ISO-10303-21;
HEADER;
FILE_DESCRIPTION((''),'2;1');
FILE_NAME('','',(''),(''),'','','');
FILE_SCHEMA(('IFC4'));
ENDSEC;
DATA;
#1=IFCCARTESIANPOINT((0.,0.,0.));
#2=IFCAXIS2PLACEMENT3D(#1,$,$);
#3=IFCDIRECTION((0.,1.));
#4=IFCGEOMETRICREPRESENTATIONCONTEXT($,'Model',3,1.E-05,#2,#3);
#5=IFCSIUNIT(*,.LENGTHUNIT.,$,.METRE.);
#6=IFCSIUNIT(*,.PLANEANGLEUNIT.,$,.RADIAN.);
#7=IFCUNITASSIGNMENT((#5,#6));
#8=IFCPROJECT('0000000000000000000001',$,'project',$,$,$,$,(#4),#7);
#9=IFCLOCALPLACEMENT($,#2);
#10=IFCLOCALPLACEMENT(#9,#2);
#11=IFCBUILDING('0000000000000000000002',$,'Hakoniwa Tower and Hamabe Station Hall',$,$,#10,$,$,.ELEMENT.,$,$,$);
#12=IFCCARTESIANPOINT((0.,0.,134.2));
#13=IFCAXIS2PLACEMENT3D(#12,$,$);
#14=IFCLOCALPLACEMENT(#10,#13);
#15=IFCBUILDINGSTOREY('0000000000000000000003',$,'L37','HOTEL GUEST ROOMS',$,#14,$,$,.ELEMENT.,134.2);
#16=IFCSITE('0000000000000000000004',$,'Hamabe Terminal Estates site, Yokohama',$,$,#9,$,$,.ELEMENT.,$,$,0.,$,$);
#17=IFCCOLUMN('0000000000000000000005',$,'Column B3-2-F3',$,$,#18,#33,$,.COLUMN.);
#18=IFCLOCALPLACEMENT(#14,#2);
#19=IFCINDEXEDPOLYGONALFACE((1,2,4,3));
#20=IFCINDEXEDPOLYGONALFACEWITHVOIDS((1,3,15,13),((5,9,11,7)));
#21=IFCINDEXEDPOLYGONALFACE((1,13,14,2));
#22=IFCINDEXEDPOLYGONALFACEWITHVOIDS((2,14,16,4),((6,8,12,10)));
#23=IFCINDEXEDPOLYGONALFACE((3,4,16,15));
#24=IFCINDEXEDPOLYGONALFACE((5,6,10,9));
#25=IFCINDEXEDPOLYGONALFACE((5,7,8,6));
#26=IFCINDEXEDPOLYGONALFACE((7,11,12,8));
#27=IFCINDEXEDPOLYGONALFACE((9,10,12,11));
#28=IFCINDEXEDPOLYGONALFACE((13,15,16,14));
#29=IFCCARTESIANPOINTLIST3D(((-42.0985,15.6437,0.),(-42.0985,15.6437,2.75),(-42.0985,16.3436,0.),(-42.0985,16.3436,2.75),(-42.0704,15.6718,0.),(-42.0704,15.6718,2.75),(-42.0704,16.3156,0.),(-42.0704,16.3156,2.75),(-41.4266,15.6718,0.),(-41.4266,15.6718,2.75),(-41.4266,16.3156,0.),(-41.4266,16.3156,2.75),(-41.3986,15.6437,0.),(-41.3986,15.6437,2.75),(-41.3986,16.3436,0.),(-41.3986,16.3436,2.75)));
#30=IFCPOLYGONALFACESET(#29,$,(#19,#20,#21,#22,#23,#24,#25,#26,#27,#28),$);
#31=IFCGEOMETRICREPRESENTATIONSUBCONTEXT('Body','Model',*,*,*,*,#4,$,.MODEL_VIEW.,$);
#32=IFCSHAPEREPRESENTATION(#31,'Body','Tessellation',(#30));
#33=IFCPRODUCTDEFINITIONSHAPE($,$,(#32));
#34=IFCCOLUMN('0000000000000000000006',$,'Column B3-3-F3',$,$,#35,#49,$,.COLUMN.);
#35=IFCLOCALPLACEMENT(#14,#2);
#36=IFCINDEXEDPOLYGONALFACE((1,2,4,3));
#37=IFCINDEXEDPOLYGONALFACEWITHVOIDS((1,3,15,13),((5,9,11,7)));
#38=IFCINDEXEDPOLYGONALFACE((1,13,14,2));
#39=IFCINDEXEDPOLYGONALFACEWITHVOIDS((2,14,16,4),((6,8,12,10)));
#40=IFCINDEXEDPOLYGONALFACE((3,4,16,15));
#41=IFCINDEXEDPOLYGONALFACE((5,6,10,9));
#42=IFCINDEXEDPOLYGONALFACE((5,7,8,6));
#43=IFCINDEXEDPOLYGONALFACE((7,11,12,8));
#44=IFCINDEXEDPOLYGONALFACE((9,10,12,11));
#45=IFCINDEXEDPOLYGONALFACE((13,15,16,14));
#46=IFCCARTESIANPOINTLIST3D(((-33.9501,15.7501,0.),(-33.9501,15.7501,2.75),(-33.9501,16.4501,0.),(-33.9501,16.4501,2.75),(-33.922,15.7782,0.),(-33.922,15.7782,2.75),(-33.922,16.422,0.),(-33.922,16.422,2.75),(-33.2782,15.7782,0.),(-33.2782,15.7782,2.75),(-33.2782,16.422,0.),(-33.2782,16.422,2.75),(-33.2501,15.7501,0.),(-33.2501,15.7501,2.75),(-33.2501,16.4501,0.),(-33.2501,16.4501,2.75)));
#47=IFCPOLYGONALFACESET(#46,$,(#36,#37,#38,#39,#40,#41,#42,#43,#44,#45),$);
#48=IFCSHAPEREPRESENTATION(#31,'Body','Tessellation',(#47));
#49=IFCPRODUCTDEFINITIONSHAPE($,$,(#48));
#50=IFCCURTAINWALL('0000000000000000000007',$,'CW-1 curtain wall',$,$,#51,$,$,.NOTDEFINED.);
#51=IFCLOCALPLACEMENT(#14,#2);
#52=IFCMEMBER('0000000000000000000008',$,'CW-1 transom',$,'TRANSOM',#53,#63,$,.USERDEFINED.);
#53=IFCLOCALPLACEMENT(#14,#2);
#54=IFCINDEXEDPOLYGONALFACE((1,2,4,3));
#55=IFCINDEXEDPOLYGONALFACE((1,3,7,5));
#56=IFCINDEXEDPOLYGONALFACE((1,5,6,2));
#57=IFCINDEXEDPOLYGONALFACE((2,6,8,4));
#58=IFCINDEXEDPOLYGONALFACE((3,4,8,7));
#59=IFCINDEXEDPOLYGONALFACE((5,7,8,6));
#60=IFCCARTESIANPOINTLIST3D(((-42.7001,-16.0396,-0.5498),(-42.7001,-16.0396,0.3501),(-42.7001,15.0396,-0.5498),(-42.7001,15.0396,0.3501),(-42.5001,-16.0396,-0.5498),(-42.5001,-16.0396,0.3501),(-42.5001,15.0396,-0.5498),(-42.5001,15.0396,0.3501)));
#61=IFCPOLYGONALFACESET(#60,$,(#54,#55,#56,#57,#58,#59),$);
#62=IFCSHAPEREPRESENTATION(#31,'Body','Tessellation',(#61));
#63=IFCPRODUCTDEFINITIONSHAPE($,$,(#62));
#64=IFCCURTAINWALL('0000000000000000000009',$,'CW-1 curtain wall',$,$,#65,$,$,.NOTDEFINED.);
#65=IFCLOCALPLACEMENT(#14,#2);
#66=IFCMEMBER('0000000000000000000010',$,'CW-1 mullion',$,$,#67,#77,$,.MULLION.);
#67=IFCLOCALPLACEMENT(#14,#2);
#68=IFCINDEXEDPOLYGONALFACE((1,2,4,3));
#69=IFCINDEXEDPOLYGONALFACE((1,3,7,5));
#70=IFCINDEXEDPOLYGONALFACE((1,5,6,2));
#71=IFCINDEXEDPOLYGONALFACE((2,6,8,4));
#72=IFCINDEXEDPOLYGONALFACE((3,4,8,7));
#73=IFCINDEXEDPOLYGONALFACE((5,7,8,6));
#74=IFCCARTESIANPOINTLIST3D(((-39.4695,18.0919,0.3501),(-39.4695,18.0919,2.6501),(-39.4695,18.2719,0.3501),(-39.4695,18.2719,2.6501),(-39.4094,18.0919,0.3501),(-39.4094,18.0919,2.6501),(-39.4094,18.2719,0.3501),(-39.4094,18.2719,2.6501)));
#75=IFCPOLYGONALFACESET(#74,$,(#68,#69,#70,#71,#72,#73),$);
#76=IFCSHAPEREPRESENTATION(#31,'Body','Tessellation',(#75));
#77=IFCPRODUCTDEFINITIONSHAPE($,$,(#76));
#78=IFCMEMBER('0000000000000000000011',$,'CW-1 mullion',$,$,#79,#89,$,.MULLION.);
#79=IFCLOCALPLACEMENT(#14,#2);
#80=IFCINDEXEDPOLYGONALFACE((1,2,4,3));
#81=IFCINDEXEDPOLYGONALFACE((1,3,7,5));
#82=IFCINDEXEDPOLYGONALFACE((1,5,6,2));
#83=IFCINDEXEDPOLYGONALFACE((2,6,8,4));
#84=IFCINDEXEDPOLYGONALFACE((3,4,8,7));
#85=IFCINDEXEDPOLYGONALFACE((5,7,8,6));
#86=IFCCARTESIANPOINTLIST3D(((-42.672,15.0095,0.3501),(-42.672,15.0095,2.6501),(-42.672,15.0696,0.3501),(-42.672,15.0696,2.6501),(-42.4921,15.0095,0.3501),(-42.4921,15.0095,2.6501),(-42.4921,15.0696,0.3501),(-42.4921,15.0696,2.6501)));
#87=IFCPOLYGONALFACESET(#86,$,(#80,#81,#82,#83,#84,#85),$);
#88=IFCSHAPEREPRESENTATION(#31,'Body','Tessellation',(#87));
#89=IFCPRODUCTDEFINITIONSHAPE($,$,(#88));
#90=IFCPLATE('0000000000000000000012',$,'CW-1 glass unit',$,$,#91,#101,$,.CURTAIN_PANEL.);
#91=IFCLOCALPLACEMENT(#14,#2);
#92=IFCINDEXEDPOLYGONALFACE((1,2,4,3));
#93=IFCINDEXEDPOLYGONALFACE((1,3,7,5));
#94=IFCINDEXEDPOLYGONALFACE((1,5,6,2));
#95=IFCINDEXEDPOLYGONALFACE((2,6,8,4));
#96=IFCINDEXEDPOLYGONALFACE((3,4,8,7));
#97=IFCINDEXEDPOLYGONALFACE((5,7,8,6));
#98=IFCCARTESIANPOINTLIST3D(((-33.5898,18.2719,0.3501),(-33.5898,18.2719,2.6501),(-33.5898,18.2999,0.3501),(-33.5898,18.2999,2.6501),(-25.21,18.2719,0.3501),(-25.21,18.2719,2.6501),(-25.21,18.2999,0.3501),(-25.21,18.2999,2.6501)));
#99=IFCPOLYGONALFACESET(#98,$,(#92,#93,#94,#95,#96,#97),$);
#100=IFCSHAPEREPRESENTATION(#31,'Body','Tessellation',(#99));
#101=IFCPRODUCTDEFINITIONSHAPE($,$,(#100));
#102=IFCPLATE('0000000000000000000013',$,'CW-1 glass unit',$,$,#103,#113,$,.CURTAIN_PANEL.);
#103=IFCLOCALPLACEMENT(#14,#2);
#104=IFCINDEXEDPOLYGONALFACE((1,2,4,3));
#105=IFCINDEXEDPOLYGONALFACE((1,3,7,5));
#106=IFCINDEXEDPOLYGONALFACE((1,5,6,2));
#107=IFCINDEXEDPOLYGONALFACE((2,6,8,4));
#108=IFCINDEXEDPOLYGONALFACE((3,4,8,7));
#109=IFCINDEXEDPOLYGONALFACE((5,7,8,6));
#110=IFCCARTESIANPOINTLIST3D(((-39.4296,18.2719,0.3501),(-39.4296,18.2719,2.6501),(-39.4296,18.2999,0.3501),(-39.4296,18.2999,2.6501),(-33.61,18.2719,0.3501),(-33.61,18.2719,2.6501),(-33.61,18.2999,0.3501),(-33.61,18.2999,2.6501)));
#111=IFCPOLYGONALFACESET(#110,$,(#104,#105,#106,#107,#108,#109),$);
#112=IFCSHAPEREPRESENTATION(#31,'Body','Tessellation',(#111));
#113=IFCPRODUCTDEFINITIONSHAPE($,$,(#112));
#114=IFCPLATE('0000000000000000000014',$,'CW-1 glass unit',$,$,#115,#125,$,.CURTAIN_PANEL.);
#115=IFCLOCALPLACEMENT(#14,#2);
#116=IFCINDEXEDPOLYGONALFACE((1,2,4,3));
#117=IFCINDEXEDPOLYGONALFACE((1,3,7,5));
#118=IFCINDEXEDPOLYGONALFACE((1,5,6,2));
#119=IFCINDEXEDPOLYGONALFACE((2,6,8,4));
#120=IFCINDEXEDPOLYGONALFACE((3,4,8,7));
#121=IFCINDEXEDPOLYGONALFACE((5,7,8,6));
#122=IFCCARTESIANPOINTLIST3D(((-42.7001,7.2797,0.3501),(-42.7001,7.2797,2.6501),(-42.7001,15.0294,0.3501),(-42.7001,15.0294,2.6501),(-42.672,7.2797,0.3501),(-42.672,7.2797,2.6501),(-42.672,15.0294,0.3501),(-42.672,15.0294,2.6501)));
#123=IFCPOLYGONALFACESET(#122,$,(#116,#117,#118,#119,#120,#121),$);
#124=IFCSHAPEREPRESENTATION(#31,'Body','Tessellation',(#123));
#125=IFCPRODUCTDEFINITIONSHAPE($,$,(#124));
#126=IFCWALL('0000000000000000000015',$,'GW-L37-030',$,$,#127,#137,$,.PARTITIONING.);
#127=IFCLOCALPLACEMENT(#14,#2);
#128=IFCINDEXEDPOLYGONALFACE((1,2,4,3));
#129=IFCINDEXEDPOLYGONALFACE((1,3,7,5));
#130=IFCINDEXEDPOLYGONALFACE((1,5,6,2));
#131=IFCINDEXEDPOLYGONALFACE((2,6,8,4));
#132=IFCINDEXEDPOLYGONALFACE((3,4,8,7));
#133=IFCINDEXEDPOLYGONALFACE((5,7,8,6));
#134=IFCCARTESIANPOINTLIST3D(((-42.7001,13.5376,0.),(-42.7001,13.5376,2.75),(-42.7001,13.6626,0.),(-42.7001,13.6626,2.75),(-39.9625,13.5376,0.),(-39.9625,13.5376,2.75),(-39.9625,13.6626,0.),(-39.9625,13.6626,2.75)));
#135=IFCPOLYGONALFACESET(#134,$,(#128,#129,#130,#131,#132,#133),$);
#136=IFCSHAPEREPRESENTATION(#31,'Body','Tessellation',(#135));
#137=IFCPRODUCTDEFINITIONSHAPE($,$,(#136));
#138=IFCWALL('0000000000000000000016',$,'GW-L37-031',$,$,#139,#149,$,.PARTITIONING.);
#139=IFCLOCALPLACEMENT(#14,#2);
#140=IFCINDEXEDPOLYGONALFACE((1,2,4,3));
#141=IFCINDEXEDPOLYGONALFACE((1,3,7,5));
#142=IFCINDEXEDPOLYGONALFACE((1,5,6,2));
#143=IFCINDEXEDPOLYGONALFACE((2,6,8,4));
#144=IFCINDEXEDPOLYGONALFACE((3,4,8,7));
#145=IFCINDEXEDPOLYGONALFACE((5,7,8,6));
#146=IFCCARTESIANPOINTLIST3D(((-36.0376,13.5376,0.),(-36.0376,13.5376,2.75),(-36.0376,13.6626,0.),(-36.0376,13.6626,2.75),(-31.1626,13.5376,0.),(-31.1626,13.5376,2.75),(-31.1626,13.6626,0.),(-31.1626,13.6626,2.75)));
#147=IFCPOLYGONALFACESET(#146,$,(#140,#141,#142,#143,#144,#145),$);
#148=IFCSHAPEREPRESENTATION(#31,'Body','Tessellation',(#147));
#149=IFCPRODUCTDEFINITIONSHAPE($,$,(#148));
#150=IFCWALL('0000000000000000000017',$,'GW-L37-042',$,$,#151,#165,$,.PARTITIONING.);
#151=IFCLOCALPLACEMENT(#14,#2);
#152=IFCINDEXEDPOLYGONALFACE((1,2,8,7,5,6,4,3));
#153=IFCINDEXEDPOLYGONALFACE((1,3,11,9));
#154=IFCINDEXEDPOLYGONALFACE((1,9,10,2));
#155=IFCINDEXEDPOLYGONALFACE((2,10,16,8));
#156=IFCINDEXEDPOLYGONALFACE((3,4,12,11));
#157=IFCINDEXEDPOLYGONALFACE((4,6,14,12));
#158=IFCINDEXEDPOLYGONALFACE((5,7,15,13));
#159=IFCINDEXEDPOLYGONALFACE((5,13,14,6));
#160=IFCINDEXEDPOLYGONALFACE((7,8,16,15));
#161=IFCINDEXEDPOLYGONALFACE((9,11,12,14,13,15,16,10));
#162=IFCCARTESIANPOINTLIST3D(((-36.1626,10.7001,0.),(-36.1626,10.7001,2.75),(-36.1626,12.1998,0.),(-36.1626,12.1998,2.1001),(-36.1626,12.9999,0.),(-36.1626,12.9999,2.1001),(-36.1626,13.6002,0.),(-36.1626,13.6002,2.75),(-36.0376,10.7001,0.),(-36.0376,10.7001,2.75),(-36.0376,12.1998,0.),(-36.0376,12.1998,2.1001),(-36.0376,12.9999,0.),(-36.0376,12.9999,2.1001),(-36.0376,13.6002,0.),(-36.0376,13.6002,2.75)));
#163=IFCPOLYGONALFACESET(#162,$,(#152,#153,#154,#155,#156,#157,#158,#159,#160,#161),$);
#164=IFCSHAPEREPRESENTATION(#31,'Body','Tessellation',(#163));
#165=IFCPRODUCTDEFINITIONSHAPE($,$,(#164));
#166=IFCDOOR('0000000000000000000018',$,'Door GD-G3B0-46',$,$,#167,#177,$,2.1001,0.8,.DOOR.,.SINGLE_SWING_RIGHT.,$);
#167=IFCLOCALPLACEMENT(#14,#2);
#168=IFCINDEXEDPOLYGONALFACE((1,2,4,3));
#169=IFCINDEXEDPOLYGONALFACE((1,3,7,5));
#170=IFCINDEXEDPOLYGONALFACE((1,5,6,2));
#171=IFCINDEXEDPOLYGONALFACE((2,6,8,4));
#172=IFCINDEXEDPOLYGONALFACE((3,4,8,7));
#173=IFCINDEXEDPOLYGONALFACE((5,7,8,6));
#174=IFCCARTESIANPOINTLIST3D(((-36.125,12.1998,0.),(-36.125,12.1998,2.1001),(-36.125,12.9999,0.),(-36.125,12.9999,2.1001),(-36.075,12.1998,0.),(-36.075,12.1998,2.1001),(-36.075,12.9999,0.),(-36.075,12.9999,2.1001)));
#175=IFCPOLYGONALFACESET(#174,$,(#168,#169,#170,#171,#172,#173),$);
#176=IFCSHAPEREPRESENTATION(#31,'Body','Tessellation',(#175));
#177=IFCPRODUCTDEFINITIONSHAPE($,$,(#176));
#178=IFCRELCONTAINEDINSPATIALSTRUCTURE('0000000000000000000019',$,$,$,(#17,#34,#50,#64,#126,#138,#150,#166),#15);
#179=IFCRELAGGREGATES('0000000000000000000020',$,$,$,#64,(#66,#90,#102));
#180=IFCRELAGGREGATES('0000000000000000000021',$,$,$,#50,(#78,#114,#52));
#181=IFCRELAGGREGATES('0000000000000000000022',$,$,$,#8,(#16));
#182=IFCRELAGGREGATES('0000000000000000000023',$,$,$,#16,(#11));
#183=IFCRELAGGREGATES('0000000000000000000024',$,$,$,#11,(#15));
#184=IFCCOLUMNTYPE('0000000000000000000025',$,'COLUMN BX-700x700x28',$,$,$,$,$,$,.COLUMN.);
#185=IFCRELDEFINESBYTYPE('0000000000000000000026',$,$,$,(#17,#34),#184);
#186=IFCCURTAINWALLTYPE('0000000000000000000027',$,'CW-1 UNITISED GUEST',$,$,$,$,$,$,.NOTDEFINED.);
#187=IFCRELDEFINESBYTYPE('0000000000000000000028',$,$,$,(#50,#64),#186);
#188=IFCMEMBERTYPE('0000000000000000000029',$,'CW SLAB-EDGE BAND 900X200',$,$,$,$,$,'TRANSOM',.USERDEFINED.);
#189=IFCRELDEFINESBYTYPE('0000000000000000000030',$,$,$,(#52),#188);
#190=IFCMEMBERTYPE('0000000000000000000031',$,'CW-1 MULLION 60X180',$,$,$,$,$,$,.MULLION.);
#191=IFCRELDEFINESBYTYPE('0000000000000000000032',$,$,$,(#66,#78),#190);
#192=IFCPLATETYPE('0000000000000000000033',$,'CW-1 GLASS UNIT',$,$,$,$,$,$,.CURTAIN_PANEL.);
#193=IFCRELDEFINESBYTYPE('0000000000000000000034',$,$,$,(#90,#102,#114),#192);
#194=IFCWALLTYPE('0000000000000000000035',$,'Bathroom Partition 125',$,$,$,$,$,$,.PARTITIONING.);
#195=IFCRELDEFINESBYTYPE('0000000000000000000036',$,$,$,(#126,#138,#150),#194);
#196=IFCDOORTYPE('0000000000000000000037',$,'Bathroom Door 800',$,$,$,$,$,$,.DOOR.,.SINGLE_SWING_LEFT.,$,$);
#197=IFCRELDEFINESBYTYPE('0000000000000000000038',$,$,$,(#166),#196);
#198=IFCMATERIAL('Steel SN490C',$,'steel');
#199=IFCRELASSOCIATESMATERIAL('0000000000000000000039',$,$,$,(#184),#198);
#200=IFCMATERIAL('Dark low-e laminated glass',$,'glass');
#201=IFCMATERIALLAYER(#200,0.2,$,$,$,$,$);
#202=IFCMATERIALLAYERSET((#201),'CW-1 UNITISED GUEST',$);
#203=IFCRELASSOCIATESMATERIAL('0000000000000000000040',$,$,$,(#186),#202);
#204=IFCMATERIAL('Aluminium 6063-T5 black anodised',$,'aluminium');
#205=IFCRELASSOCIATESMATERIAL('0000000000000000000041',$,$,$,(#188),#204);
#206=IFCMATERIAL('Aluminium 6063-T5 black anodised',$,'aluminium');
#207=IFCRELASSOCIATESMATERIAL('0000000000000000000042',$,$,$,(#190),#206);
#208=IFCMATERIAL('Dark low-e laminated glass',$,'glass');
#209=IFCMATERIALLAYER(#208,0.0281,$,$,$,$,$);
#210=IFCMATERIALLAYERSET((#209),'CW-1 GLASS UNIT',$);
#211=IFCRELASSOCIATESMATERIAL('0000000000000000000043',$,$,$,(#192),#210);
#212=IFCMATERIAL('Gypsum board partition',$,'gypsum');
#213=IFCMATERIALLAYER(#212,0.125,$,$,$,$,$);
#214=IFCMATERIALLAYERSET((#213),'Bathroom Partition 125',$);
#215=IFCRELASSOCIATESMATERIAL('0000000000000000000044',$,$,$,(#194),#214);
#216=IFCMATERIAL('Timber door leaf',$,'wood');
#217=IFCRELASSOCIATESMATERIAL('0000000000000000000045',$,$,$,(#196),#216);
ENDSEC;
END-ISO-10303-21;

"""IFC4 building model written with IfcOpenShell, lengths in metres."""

from ifc_helpers import new_model, si_unit, direction, frame, frame_2d, origin, origin_2d, place, context, subcontext, project, spatial, rectangle, hollow_rectangle, extrude, material, layer, layer_set, material_profile, profile_set, type_object, element, fill, aggregate, save


model = new_model("IFC4")

# Units and contexts
model_context = context("Model", 3, precision=1e-05, world=origin(), true_north=direction((0.0, 1.0)))
body_context = subcontext(model_context, "Body", "Model", "MODEL_VIEW")
ifc_project = project(units=[si_unit("LENGTHUNIT", "METRE"), si_unit("PLANEANGLEUNIT", "RADIAN")], contexts=[model_context])

# Site, building, storey
site_placement = place(None, origin())
site = spatial("IfcSite", under=ifc_project, at=site_placement, Name="Hamabe Terminal Estates site, Yokohama", CompositionType="ELEMENT", RefElevation=0.0)
building_placement = place(site_placement, origin())
building = spatial("IfcBuilding", under=site, at=building_placement, Name="Hakoniwa Tower and Hamabe Station Hall", CompositionType="ELEMENT")
storey_placement = place(building_placement, frame((0.0, 0.0, 134.2)))
storey = spatial("IfcBuildingStorey", under=building, at=storey_placement, Name="L37", Description="HOTEL GUEST ROOMS", CompositionType="ELEMENT", Elevation=134.2)

# Columns
ifc_material_1 = material(Name="Steel SN490C", Category="steel")
ifc_material_profile_1 = material_profile(ifc_material_1, hollow_rectangle(XDim=0.7, YDim=0.7, WallThickness=0.0281, at=origin_2d()), Name="BX-700x700x28")
ifc_profile_set_1 = profile_set([ifc_material_profile_1], Name="Steel SN490C")
column_type = type_object("IfcColumnType", Name="COLUMN BX-700x700x28", PredefinedType="COLUMN", material=ifc_profile_set_1)
for number, where, z_axis, x_axis, name in (
    (1, (-41.7485, 15.9937, 0.0), (0.0, 0.0, 1.0), (1.0, 0.0, 0.0), "Column B3-2-F3"),
    (2, (-33.6001, 16.1001, 0.0), (0.0, 0.0, 1.0), (1.0, 0.0, 0.0), "Column B3-3-F3"),
):
    element("IfcColumn", number, at=place(storey_placement, frame(where, z_axis=z_axis, x_axis=x_axis)), inside=storey, type_object=column_type, Name=name, PredefinedType="COLUMN", context=body_context, shape_type="SweptSolid", body=[
        extrude(hollow_rectangle(XDim=0.7, YDim=0.7, WallThickness=0.0281, at=origin_2d()), origin(), (0.0, 0.0, 1.0), 2.75),
    ])

# Curtain walls, members
ifc_material_2 = material(Name="Dark low-e laminated glass", Category="glass")
ifc_layer_1 = layer(ifc_material_2, 0.2)
ifc_layer_set_1 = layer_set([ifc_layer_1], Name="CW-1 UNITISED GUEST")
curtain_wall_type = type_object("IfcCurtainWallType", Name="CW-1 UNITISED GUEST", PredefinedType="NOTDEFINED", material=ifc_layer_set_1)
curtain_wall_1_placement = place(storey_placement, origin())
curtain_wall_1 = element("IfcCurtainWall", 3, at=curtain_wall_1_placement, inside=storey, type_object=curtain_wall_type, Name="CW-1 curtain wall", PredefinedType="NOTDEFINED")
ifc_material_3 = material(Name="Aluminium 6063-T5 black anodised", Category="aluminium")
ifc_material_profile_2 = material_profile(ifc_material_3, rectangle(XDim=0.2, YDim=0.8999, at=origin_2d()), Name="CW SLAB-EDGE BAND 900X200")
ifc_profile_set_2 = profile_set([ifc_material_profile_2], Name="Aluminium 6063-T5 black anodised")
member_type_1 = type_object("IfcMemberType", Name="CW SLAB-EDGE BAND 900X200", ElementType="TRANSOM", PredefinedType="USERDEFINED", material=ifc_profile_set_2)
member_1_placement = place(storey_placement, frame((-42.6001, 15.0396, -0.0999), z_axis=(0.0, -1.0, 0.0), x_axis=(1.0, 0.0, 0.0)))
member_1 = element("IfcMember", 4, at=member_1_placement, type_object=member_type_1, Name="CW-1 transom", ObjectType="TRANSOM", PredefinedType="USERDEFINED", context=body_context, shape_type="SweptSolid", body=[
    extrude(rectangle(XDim=0.2, YDim=0.8999, at=origin_2d()), origin(), (0.0, 0.0, 1.0), 31.0791),
])
curtain_wall_2_placement = place(storey_placement, origin())
curtain_wall_2 = element("IfcCurtainWall", 5, at=curtain_wall_2_placement, inside=storey, type_object=curtain_wall_type, Name="CW-1 curtain wall", PredefinedType="NOTDEFINED")
ifc_material_4 = material(Name="Aluminium 6063-T5 black anodised", Category="aluminium")
ifc_material_profile_3 = material_profile(ifc_material_4, rectangle(XDim=0.0601, YDim=0.1799, at=origin_2d()), Name="CW-1 MULLION 60X180")
ifc_profile_set_3 = profile_set([ifc_material_profile_3], Name="Aluminium 6063-T5 black anodised")
member_type_2 = type_object("IfcMemberType", Name="CW-1 MULLION 60X180", PredefinedType="MULLION", material=ifc_profile_set_3)
member_2_placement = place(storey_placement, frame((-39.4395, 18.1819, 0.3501), z_axis=(0.0, 0.0, 1.0), x_axis=(-1.0, 0.0, 0.0)))
member_2 = element("IfcMember", 6, at=member_2_placement, type_object=member_type_2, Name="CW-1 mullion", PredefinedType="MULLION", context=body_context, shape_type="SweptSolid", body=[
    extrude(rectangle(XDim=0.0601, YDim=0.1799, at=origin_2d()), origin(), (0.0, 0.0, 1.0), 2.3),
])

# Member
member_3_placement = place(storey_placement, frame((-42.582, 15.0396, 0.3501), z_axis=(0.0, 0.0, 1.0), x_axis=(0.0, -1.0, 0.0)))
member_3 = element("IfcMember", 7, at=member_3_placement, type_object=member_type_2, Name="CW-1 mullion", PredefinedType="MULLION", context=body_context, shape_type="SweptSolid", body=[
    extrude(rectangle(XDim=0.0601, YDim=0.1799, at=origin_2d()), origin(), (0.0, 0.0, 1.0), 2.3),
])

# Plates
ifc_material_5 = material(Name="Dark low-e laminated glass", Category="glass")
ifc_layer_2 = layer(ifc_material_5, 0.0281)
ifc_layer_set_2 = layer_set([ifc_layer_2], Name="CW-1 GLASS UNIT")
plate_type = type_object("IfcPlateType", Name="CW-1 GLASS UNIT", PredefinedType="CURTAIN_PANEL", material=ifc_layer_set_2)
plate_1_placement = place(storey_placement, frame((-29.3999, 18.2859, 0.3501), z_axis=(0.0, 0.0, 1.0), x_axis=(-1.0, 0.0, 0.0)))
plate_1 = element("IfcPlate", 8, at=plate_1_placement, type_object=plate_type, Name="CW-1 glass unit", PredefinedType="CURTAIN_PANEL", context=body_context, shape_type="SweptSolid", body=[
    extrude(rectangle(XDim=8.3799, YDim=0.0281, at=origin_2d()), origin(), (0.0, 0.0, 1.0), 2.3),
])
plate_2_placement = place(storey_placement, frame((-36.5198, 18.2859, 0.3501), z_axis=(0.0, 0.0, 1.0), x_axis=(-1.0, 0.0, 0.0)))
plate_2 = element("IfcPlate", 9, at=plate_2_placement, type_object=plate_type, Name="CW-1 glass unit", PredefinedType="CURTAIN_PANEL", context=body_context, shape_type="SweptSolid", body=[
    extrude(rectangle(XDim=5.8196, YDim=0.0281, at=origin_2d()), origin(), (0.0, 0.0, 1.0), 2.3),
])
aggregate(curtain_wall_2, [member_2, plate_1, plate_2])
plate_3_placement = place(storey_placement, frame((-42.686, 11.1545, 0.3501), z_axis=(0.0, 0.0, 1.0), x_axis=(0.0, -1.0, 0.0)))
plate_3 = element("IfcPlate", 10, at=plate_3_placement, type_object=plate_type, Name="CW-1 glass unit", PredefinedType="CURTAIN_PANEL", context=body_context, shape_type="SweptSolid", body=[
    extrude(rectangle(XDim=7.7498, YDim=0.0281, at=origin_2d()), origin(), (0.0, 0.0, 1.0), 2.3),
])
aggregate(curtain_wall_1, [member_3, plate_3, member_1])

# Walls
ifc_material_6 = material(Name="Gypsum board partition", Category="gypsum")
ifc_layer_3 = layer(ifc_material_6, 0.125)
ifc_layer_set_3 = layer_set([ifc_layer_3], Name="Bathroom Partition 125")
wall_type_1 = type_object("IfcWallType", Name="Bathroom Partition 125", PredefinedType="PARTITIONING", material=ifc_layer_set_3)
wall_1_placement = place(storey_placement, frame((-42.7, 13.6001, 0.0), z_axis=(0.0, 0.0, 1.0), x_axis=(1.0, 0.0, 0.0)))
element("IfcWall", 11, at=wall_1_placement, inside=storey, type_object=wall_type_1, Name="GW-L37-030", PredefinedType="PARTITIONING", context=body_context, shape_type="SweptSolid", body=[
    extrude(rectangle(XDim=2.7375, YDim=0.125, at=frame_2d((1.3687, 0.0))), origin(), (0.0, 0.0, 1.0), 2.75),
])
wall_2_placement = place(storey_placement, frame((-36.0376, 13.6001, 0.0), z_axis=(0.0, 0.0, 1.0), x_axis=(1.0, 0.0, 0.0)))
element("IfcWall", 12, at=wall_2_placement, inside=storey, type_object=wall_type_1, Name="GW-L37-031", PredefinedType="PARTITIONING", context=body_context, shape_type="SweptSolid", body=[
    extrude(rectangle(XDim=4.875, YDim=0.125, at=frame_2d((2.4375, 0.0))), origin(), (0.0, 0.0, 1.0), 2.75),
])

# Wall, opening, door
wall_3_placement = place(storey_placement, frame((-36.1001, 10.7, 0.0), z_axis=(0.0, 0.0, 1.0), x_axis=(0.0, 1.0, 0.0)))
wall_3 = element("IfcWall", 13, at=wall_3_placement, inside=storey, type_object=wall_type_1, Name="GW-L37-042", PredefinedType="PARTITIONING", context=body_context, shape_type="SweptSolid", body=[
    extrude(rectangle(XDim=2.9001, YDim=0.125, at=frame_2d((1.4502, 0.0))), origin(), (0.0, 0.0, 1.0), 2.75),
])
opening_1_placement = place(wall_3_placement, frame((1.5, 0.0, 0.0)))
opening_1 = element("IfcOpeningElement", 14, at=opening_1_placement, cuts=wall_3, PredefinedType="OPENING", context=body_context, shape_type="SweptSolid", body=[
    extrude(rectangle(XDim=0.8, YDim=2.1001, at=frame_2d((0.3999, 1.05))), frame((0.0, 0.0725, 0.0), z_axis=(0.0, -1.0, 0.0), x_axis=(1.0, 0.0, 0.0)), (0.0, 0.0, 1.0), 0.145),
])
ifc_material_7 = material(Name="Timber door leaf", Category="wood")
door_type = type_object("IfcDoorType", Name="Bathroom Door 800", OperationType="SINGLE_SWING_LEFT", PredefinedType="DOOR", material=ifc_material_7)
door_1_placement = place(opening_1_placement, origin())
door_1 = element("IfcDoor", 15, at=door_1_placement, inside=storey, type_object=door_type, Name="Door GD-G3B0-46", OperationType="SINGLE_SWING_RIGHT", OverallHeight=2.1001, OverallWidth=0.8, PredefinedType="DOOR", context=body_context, shape_type="SweptSolid", body=[
    extrude(rectangle(XDim=0.8, YDim=2.1001, at=frame_2d((0.3999, 1.05))), frame((0.0, 0.0249, 0.0), z_axis=(0.0, -1.0, 0.0), x_axis=(1.0, 0.0, 0.0)), (0.0, 0.0, 1.0), 0.05),
])
fill(opening_1, door_1)

save(model, "model.ifc")
